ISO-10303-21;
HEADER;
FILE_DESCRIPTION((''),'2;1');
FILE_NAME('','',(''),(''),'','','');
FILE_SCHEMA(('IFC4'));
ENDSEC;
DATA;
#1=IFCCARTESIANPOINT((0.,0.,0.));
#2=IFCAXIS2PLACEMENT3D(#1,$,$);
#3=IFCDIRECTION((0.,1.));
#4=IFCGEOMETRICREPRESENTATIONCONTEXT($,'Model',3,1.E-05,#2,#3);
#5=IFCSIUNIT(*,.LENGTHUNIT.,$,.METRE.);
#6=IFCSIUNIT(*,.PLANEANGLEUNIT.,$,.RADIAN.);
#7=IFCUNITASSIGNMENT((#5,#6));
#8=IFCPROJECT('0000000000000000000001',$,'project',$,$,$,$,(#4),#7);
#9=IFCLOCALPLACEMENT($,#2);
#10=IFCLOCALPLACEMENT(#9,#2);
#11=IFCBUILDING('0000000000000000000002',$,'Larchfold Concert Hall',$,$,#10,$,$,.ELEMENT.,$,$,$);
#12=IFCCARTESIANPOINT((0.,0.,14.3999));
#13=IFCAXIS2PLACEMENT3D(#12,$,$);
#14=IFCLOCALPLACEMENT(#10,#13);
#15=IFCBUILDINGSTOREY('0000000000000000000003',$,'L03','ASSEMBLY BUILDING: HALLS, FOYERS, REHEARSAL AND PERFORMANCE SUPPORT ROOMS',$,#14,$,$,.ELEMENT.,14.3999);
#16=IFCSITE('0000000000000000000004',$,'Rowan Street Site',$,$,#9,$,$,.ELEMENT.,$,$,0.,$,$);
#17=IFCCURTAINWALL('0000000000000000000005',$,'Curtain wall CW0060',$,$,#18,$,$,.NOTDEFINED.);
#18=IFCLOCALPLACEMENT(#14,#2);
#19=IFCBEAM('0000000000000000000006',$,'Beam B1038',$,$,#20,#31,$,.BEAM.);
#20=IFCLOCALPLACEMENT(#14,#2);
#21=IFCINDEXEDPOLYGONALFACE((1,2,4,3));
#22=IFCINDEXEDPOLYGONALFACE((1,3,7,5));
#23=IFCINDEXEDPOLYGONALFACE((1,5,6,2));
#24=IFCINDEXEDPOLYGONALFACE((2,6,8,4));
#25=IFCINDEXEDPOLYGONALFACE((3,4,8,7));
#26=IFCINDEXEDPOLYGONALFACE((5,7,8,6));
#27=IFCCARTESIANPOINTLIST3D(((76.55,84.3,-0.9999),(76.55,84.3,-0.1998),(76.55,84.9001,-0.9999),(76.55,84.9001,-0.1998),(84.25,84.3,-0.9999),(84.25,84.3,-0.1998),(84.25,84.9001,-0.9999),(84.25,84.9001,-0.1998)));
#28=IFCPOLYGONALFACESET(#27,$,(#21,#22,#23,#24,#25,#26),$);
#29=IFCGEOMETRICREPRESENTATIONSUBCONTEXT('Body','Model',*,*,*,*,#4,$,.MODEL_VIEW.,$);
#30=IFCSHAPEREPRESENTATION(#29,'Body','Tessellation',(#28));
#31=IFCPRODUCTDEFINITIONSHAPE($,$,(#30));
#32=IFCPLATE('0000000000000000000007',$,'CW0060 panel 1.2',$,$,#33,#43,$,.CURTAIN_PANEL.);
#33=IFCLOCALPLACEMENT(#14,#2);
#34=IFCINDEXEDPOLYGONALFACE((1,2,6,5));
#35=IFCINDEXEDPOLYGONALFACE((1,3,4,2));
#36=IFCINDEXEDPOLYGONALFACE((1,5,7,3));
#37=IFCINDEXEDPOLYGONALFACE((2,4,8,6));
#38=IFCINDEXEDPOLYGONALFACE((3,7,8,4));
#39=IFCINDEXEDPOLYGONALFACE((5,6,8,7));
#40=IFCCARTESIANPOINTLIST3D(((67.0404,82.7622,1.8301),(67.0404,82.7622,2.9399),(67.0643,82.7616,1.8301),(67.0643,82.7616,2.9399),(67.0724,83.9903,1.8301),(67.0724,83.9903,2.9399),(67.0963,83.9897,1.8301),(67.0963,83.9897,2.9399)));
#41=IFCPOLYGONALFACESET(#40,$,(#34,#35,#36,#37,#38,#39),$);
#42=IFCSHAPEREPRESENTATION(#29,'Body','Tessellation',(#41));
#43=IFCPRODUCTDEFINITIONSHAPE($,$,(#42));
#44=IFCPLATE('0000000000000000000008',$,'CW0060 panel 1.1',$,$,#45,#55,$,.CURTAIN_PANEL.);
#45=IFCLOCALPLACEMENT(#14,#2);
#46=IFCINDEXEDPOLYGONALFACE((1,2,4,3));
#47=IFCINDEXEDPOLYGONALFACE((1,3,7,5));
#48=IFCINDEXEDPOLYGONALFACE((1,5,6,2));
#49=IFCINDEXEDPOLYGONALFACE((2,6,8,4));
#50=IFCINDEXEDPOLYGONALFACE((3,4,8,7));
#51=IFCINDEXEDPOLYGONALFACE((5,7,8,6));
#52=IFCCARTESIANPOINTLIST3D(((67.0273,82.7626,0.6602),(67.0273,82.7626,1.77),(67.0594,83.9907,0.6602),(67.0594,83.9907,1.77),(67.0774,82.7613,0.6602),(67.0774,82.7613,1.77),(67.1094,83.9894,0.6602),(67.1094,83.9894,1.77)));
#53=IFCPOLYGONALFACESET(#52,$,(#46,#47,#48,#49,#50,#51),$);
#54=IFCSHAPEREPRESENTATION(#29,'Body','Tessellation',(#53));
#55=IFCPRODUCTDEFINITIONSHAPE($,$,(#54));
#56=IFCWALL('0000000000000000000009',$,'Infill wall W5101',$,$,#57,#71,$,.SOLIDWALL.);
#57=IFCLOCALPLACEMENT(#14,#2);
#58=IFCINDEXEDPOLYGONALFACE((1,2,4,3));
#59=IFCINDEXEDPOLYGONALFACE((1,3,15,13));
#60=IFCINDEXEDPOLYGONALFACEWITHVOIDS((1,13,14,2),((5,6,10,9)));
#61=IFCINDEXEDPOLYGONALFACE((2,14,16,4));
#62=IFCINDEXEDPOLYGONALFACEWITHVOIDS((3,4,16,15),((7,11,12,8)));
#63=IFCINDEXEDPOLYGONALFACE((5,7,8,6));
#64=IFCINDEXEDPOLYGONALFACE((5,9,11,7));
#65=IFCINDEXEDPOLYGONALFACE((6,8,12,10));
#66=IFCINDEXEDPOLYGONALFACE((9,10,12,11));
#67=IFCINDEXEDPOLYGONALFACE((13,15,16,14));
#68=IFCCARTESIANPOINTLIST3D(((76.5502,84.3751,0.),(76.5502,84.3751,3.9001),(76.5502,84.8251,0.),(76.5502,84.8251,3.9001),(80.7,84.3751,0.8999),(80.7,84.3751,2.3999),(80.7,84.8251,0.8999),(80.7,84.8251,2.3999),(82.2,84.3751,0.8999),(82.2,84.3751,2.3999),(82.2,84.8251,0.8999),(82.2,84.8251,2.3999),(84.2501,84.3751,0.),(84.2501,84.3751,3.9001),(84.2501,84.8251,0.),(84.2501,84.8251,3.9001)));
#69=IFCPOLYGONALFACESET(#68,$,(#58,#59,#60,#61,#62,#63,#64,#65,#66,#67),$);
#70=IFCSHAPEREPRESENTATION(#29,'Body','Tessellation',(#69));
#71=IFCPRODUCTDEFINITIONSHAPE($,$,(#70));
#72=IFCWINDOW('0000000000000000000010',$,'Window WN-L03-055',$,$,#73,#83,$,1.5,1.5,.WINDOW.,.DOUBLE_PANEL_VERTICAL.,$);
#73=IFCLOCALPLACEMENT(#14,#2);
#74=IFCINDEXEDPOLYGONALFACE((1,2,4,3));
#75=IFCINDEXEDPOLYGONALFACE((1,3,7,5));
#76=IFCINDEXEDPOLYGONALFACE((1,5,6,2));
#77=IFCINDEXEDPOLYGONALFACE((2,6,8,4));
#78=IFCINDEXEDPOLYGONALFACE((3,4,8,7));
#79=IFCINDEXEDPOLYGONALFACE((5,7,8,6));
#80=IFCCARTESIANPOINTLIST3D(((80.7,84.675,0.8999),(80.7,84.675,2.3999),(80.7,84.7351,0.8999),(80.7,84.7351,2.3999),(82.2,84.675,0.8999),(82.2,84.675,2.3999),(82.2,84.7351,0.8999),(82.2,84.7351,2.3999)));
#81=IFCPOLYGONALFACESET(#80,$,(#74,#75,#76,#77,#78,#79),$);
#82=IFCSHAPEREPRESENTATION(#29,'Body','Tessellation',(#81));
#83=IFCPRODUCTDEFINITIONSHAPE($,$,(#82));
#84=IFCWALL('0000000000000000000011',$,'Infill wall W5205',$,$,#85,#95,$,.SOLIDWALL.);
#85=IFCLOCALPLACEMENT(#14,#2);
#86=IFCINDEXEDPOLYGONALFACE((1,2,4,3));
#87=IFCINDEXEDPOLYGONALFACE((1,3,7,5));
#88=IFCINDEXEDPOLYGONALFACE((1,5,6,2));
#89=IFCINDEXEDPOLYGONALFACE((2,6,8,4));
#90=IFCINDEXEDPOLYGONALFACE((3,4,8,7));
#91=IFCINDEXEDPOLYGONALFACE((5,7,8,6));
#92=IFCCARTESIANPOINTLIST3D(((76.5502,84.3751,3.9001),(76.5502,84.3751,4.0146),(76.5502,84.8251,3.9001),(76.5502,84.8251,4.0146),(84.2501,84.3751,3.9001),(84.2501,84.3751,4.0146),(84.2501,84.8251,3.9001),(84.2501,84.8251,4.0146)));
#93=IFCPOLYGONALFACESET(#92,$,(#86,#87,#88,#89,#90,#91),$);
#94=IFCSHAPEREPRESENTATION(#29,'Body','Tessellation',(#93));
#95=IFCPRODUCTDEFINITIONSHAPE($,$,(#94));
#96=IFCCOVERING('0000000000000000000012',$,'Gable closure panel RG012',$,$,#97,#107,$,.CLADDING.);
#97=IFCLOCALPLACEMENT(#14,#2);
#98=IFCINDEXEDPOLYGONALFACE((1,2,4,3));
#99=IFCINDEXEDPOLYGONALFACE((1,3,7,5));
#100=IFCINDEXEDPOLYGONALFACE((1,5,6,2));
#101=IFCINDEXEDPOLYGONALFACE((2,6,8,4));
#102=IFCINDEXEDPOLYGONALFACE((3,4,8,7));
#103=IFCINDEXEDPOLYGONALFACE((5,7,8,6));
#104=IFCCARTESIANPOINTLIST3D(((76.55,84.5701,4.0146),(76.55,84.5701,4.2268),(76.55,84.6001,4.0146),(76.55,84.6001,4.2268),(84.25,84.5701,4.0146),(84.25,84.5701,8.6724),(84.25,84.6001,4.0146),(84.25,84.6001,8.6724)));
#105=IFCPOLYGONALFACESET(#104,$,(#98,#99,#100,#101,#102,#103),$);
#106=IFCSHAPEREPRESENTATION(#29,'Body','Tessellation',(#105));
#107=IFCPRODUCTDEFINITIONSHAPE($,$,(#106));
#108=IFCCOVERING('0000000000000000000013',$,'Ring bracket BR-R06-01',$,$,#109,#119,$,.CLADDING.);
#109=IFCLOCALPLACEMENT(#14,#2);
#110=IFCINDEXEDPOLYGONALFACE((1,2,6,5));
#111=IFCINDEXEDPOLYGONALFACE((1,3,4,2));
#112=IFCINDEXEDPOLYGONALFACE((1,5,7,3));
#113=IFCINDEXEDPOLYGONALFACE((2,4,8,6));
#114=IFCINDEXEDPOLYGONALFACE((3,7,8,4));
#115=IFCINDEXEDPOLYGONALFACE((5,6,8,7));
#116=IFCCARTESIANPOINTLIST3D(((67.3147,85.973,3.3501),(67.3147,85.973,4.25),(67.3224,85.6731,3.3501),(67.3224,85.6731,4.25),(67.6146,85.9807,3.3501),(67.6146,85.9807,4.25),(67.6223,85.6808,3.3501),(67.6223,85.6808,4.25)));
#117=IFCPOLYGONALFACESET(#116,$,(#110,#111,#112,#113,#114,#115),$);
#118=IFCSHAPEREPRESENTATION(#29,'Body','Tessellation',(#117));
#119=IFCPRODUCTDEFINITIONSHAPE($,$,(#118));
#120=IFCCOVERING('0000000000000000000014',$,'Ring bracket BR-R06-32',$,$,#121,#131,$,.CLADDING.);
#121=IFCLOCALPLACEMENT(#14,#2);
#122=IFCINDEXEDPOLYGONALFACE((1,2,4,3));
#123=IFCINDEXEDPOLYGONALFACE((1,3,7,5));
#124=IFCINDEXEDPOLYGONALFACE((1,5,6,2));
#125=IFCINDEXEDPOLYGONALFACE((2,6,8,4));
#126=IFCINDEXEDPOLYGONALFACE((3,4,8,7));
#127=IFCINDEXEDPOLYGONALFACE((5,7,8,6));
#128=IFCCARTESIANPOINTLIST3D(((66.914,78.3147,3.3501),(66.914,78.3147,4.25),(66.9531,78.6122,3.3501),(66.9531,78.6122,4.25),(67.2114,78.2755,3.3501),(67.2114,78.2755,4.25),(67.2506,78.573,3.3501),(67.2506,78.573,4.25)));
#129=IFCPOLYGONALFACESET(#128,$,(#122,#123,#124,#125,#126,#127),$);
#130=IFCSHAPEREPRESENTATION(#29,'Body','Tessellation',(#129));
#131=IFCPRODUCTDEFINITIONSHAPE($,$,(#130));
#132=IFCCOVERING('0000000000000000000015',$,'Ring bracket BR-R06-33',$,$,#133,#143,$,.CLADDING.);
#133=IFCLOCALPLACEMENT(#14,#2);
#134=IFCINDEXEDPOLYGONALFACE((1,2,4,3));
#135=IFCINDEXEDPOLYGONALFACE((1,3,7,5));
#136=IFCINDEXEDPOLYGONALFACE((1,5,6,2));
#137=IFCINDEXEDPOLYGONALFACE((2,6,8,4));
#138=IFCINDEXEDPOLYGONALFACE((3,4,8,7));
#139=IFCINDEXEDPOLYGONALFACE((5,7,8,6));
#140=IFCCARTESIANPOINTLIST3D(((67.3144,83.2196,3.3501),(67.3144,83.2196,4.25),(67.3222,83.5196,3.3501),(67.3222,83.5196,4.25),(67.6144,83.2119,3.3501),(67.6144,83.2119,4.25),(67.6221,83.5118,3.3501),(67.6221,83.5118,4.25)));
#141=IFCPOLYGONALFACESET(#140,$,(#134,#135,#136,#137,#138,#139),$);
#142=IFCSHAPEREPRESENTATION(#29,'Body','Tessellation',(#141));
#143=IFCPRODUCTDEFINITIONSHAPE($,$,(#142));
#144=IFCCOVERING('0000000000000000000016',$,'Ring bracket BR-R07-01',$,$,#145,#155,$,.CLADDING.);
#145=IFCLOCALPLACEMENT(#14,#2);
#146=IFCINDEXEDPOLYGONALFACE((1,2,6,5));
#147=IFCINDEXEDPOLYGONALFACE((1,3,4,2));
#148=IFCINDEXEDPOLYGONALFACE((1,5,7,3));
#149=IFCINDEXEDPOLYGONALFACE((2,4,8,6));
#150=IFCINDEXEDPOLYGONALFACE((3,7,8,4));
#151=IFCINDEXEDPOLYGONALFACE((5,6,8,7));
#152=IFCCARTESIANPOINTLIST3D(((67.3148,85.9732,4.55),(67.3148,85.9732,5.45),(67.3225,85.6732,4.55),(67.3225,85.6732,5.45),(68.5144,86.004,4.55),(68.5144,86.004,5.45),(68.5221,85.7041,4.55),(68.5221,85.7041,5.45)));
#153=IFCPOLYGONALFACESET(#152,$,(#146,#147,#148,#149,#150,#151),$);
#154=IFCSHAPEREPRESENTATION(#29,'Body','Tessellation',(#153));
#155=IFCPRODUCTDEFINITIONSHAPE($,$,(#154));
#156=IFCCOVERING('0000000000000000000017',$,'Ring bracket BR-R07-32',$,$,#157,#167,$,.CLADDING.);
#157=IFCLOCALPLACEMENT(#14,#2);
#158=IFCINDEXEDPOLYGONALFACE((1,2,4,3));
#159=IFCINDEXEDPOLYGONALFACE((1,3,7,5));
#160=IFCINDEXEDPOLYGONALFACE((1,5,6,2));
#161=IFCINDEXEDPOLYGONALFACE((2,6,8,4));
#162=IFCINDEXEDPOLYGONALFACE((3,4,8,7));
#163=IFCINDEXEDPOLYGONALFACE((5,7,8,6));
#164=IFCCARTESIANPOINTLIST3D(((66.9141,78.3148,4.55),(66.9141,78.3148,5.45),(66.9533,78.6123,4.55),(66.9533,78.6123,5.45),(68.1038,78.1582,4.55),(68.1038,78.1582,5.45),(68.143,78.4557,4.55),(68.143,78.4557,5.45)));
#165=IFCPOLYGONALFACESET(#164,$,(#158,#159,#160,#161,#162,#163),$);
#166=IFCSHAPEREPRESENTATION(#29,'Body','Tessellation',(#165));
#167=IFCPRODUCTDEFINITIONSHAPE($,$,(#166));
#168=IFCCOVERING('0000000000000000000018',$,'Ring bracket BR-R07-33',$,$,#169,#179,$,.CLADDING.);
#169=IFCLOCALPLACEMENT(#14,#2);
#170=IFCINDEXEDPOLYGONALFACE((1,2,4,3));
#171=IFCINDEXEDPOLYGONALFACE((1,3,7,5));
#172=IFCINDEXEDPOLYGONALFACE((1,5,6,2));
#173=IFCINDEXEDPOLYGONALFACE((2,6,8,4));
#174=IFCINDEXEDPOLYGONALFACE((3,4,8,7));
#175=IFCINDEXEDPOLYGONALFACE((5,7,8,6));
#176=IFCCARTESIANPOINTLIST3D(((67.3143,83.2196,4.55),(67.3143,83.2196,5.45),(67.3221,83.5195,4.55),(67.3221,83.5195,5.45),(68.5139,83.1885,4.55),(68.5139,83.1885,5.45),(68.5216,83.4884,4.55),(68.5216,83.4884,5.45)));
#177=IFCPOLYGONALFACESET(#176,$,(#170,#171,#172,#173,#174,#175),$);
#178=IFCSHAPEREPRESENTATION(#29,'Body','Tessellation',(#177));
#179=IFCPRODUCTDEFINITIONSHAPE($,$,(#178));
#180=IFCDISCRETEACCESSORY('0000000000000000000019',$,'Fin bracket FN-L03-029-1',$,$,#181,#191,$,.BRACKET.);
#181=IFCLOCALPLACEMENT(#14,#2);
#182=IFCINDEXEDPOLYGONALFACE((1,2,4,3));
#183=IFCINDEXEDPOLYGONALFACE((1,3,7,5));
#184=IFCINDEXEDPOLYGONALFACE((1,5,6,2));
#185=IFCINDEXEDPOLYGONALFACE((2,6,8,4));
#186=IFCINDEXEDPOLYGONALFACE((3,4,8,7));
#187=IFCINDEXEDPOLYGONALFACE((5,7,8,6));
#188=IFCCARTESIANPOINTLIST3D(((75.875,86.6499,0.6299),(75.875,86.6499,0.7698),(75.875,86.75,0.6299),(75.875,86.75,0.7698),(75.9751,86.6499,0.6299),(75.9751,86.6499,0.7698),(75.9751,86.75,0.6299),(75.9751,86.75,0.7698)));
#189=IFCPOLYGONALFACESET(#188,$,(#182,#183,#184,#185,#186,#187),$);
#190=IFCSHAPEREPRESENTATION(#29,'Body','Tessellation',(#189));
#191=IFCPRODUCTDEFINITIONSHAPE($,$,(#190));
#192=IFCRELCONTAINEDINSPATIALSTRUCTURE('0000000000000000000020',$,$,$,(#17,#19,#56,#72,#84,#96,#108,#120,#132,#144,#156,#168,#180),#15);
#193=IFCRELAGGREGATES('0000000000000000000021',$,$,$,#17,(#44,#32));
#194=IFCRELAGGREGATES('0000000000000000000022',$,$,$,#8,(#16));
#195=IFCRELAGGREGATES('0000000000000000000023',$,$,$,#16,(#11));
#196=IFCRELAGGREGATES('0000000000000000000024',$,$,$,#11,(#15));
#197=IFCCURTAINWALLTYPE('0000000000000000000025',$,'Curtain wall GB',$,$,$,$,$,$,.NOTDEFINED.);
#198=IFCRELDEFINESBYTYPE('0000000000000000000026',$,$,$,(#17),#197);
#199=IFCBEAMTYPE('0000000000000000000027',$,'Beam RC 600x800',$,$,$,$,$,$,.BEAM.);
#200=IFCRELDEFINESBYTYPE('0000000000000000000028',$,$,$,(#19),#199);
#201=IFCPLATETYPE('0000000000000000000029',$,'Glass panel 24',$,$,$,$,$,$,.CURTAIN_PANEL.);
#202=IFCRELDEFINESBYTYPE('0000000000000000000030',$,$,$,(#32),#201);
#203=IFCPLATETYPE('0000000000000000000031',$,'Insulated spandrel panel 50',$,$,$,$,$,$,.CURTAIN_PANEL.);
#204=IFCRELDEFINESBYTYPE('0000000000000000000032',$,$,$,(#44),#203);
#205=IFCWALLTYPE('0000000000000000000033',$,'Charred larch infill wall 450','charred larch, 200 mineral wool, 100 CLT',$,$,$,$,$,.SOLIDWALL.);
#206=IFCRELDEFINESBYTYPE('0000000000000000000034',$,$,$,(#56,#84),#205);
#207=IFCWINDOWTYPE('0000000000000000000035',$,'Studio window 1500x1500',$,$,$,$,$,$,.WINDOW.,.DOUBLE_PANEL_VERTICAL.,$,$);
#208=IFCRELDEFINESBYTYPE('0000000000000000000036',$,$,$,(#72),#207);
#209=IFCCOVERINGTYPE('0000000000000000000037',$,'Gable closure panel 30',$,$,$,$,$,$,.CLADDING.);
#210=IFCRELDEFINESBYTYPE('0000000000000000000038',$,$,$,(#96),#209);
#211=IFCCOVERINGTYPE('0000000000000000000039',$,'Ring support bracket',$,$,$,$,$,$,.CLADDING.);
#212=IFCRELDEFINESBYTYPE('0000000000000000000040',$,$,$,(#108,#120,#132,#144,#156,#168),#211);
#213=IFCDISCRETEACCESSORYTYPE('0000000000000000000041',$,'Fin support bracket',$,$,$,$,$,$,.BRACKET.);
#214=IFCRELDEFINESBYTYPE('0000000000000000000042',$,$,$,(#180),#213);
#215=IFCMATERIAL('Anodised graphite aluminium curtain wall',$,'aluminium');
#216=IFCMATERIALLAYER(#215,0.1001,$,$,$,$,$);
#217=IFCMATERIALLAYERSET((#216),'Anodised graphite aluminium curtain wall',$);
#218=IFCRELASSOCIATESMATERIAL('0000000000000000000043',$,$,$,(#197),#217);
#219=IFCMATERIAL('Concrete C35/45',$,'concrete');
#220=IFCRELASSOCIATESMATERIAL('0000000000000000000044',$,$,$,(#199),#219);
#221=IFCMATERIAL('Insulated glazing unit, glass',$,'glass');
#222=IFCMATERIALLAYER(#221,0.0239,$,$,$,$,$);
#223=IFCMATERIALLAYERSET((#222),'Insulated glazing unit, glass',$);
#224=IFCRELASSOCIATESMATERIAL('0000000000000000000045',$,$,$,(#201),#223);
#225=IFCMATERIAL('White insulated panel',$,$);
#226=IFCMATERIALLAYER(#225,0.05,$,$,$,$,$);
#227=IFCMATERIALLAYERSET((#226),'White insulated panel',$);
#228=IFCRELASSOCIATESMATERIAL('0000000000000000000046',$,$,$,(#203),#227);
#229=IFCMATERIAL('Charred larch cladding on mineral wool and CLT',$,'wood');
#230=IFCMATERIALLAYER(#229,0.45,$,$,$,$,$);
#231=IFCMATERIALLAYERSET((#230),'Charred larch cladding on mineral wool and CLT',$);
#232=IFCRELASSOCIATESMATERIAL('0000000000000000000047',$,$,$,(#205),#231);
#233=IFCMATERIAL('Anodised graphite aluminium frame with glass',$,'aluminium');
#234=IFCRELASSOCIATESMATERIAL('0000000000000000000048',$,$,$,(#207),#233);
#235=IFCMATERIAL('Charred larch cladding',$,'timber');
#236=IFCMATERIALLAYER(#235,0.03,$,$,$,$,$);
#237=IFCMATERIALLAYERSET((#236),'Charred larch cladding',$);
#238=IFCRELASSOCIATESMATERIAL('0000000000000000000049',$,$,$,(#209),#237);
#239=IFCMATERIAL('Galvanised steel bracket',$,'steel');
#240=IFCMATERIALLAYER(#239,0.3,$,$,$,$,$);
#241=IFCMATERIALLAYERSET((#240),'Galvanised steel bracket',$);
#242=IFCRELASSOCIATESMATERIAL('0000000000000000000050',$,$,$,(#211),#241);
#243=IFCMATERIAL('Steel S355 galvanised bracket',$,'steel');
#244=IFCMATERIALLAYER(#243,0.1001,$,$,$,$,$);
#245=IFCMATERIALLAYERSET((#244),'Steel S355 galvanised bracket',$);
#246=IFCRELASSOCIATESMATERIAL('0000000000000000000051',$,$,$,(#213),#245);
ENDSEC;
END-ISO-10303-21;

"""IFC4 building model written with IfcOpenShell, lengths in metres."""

from ifc_helpers import new_model, si_unit, direction, frame, frame_2d, origin, origin_2d, place, context, subcontext, project, spatial, polyline, rectangle, outline, extrude, material, layer, layer_set, material_profile, profile_set, type_object, element, fill, aggregate, save


model = new_model("IFC4")

# Units and contexts
model_context = context("Model", 3, precision=1e-05, world=origin(), true_north=direction((0.0, 1.0)))
body_context = subcontext(model_context, "Body", "Model", "MODEL_VIEW")
ifc_project = project(units=[si_unit("LENGTHUNIT", "METRE"), si_unit("PLANEANGLEUNIT", "RADIAN")], contexts=[model_context])

# Site, building, storey
site_placement = place(None, origin())
site = spatial("IfcSite", under=ifc_project, at=site_placement, Name="Rowan Street Site", CompositionType="ELEMENT", RefElevation=0.0)
building_placement = place(site_placement, origin())
building = spatial("IfcBuilding", under=site, at=building_placement, Name="Larchfold Concert Hall", CompositionType="ELEMENT")
storey_placement = place(building_placement, frame((0.0, 0.0, 14.3999)))
storey = spatial("IfcBuildingStorey", under=building, at=storey_placement, Name="L03", Description="ASSEMBLY BUILDING: HALLS, FOYERS, REHEARSAL AND PERFORMANCE SUPPORT ROOMS", CompositionType="ELEMENT", Elevation=14.3999)

# Curtain wall
ifc_material_1 = material(Name="Anodised graphite aluminium curtain wall", Category="aluminium")
ifc_layer_1 = layer(ifc_material_1, 0.1001)
ifc_layer_set_1 = layer_set([ifc_layer_1], Name="Anodised graphite aluminium curtain wall")
curtain_wall_type = type_object("IfcCurtainWallType", Name="Curtain wall GB", PredefinedType="NOTDEFINED", material=ifc_layer_set_1)
curtain_wall_1_placement = place(storey_placement, origin())
curtain_wall_1 = element("IfcCurtainWall", 1, at=curtain_wall_1_placement, inside=storey, type_object=curtain_wall_type, Name="Curtain wall CW0060", PredefinedType="NOTDEFINED")

# Beam
ifc_material_2 = material(Name="Concrete C35/45", Category="concrete")
ifc_material_profile_1 = material_profile(ifc_material_2, rectangle(XDim=0.6001, YDim=0.8, at=origin_2d()))
ifc_profile_set_1 = profile_set([ifc_material_profile_1], Name="Concrete C35/45")
beam_type_1 = type_object("IfcBeamType", Name="Beam RC 600x800", PredefinedType="BEAM", material=ifc_profile_set_1)
for number, where, z_axis, x_axis, name in (
    (2, (76.55, 84.6001, -0.5999), (1.0, 0.0, 0.0), (0.0, 1.0, 0.0), "Beam B1038"),
):
    element("IfcBeam", number, at=place(storey_placement, frame(where, z_axis=z_axis, x_axis=x_axis)), inside=storey, type_object=beam_type_1, Name=name, PredefinedType="BEAM", context=body_context, shape_type="SweptSolid", body=[
        extrude(rectangle(XDim=0.6001, YDim=0.8, at=origin_2d()), origin(), (0.0, 0.0, 1.0), 7.7),
    ])

# Plates
ifc_material_3 = material(Name="Insulated glazing unit, glass", Category="glass")
ifc_layer_2 = layer(ifc_material_3, 0.0239)
ifc_layer_set_2 = layer_set([ifc_layer_2], Name="Insulated glazing unit, glass")
plate_type_1 = type_object("IfcPlateType", Name="Glass panel 24", PredefinedType="CURTAIN_PANEL", material=ifc_layer_set_2)
plate_1_placement = place(storey_placement, frame((67.0684, 83.376, 1.8301), z_axis=(0.0, 0.0, 1.0), x_axis=(0.026069, 0.99966, 0.0)))
plate_1 = element("IfcPlate", 3, at=plate_1_placement, type_object=plate_type_1, Name="CW0060 panel 1.2", PredefinedType="CURTAIN_PANEL", context=body_context, shape_type="SweptSolid", body=[
    extrude(rectangle(XDim=1.2285, YDim=0.0239, at=origin_2d()), origin(), (0.0, 0.0, 1.0), 1.1099),
])
ifc_material_4 = material(Name="White insulated panel")
ifc_layer_3 = layer(ifc_material_4, 0.05)
ifc_layer_set_3 = layer_set([ifc_layer_3], Name="White insulated panel")
plate_type_2 = type_object("IfcPlateType", Name="Insulated spandrel panel 50", PredefinedType="CURTAIN_PANEL", material=ifc_layer_set_3)
plate_2_placement = place(storey_placement, frame((67.0684, 83.376, 0.6602), z_axis=(0.0, 0.0, 1.0), x_axis=(0.026069, 0.99966, 0.0)))
plate_2 = element("IfcPlate", 4, at=plate_2_placement, type_object=plate_type_2, Name="CW0060 panel 1.1", PredefinedType="CURTAIN_PANEL", context=body_context, shape_type="SweptSolid", body=[
    extrude(rectangle(XDim=1.2285, YDim=0.05, at=origin_2d()), origin(), (0.0, 0.0, 1.0), 1.1099),
])
aggregate(curtain_wall_1, [plate_2, plate_1])

# Wall, opening, window
ifc_material_5 = material(Name="Charred larch cladding on mineral wool and CLT", Category="wood")
ifc_layer_4 = layer(ifc_material_5, 0.45)
ifc_layer_set_4 = layer_set([ifc_layer_4], Name="Charred larch cladding on mineral wool and CLT")
wall_type_1 = type_object("IfcWallType", Name="Charred larch infill wall 450", Description="charred larch, 200 mineral wool, 100 CLT", PredefinedType="SOLIDWALL", material=ifc_layer_set_4)
wall_1_placement = place(storey_placement, frame((76.55, 84.6001, 0.0), z_axis=(0.0, 0.0, 1.0), x_axis=(1.0, 0.0, 0.0)))
wall_1 = element("IfcWall", 5, at=wall_1_placement, inside=storey, type_object=wall_type_1, Name="Infill wall W5101", PredefinedType="SOLIDWALL", context=body_context, shape_type="SweptSolid", body=[
    extrude(rectangle(XDim=7.7, YDim=0.45, at=frame_2d((3.8501, 0.0))), origin(), (0.0, 0.0, 1.0), 3.9001),
])
opening_1_placement = place(wall_1_placement, frame((4.1499, 0.0, 0.8999)))
opening_1 = element("IfcOpeningElement", 6, at=opening_1_placement, cuts=wall_1, PredefinedType="OPENING", context=body_context, shape_type="SweptSolid", body=[
    extrude(rectangle(XDim=1.5, YDim=1.5, at=frame_2d((0.75, 0.75))), frame((0.0, 0.2349, 0.0), z_axis=(0.0, -1.0, 0.0), x_axis=(1.0, 0.0, 0.0)), (0.0, 0.0, 1.0), 0.47),
])
ifc_material_6 = material(Name="Anodised graphite aluminium frame with glass", Category="aluminium")
window_type = type_object("IfcWindowType", Name="Studio window 1500x1500", PartitioningType="DOUBLE_PANEL_VERTICAL", PredefinedType="WINDOW", material=ifc_material_6)
window_placement = place(opening_1_placement, origin())
window = element("IfcWindow", 7, at=window_placement, inside=storey, type_object=window_type, Name="Window WN-L03-055", OverallHeight=1.5, OverallWidth=1.5, PartitioningType="DOUBLE_PANEL_VERTICAL", PredefinedType="WINDOW", context=body_context, shape_type="SweptSolid", body=[
    extrude(rectangle(XDim=1.5, YDim=1.5, at=frame_2d((0.75, 0.75))), frame((0.0, 0.135, 0.0), z_axis=(0.0, -1.0, 0.0), x_axis=(1.0, 0.0, 0.0)), (0.0, 0.0, 1.0), 0.0601),
])
fill(opening_1, window)

# Wall
wall_2_placement = place(storey_placement, frame((76.55, 84.6001, 3.9001), z_axis=(0.0, 0.0, 1.0), x_axis=(1.0, 0.0, 0.0)))
element("IfcWall", 8, at=wall_2_placement, inside=storey, type_object=wall_type_1, Name="Infill wall W5205", PredefinedType="SOLIDWALL", context=body_context, shape_type="SweptSolid", body=[
    extrude(rectangle(XDim=7.7, YDim=0.45, at=frame_2d((3.8501, 0.0))), origin(), (0.0, 0.0, 1.0), 0.1145),
])

# Coverings
ifc_material_7 = material(Name="Charred larch cladding", Category="timber")
ifc_layer_5 = layer(ifc_material_7, 0.03)
ifc_layer_set_5 = layer_set([ifc_layer_5], Name="Charred larch cladding")
covering_type_1 = type_object("IfcCoveringType", Name="Gable closure panel 30", PredefinedType="CLADDING", material=ifc_layer_set_5)
covering_placement = place(storey_placement, frame((76.55, 84.5701, 4.0146), z_axis=(0.0, -1.0, 0.0), x_axis=(1.0, 0.0, 0.0)))
element("IfcCovering", 9, at=covering_placement, inside=storey, type_object=covering_type_1, Name="Gable closure panel RG012", PredefinedType="CLADDING", context=body_context, shape_type="SweptSolid", body=[
    extrude(outline(polyline([(0.0, 0.0), (7.7, 0.0), (7.7, 4.6577), (0.0, 0.2122), (0.0, 0.0)])), origin(), (0.0, 0.0, -1.0), 0.03),
])
ifc_material_8 = material(Name="Galvanised steel bracket", Category="steel")
ifc_layer_6 = layer(ifc_material_8, 0.3)
ifc_layer_set_6 = layer_set([ifc_layer_6], Name="Galvanised steel bracket")
covering_type_2 = type_object("IfcCoveringType", Name="Ring support bracket", PredefinedType="CLADDING", material=ifc_layer_set_6)
for number, where, z_axis, x_axis, name in (
    (10, (67.4685, 85.8269, 3.3501), (0.0, 0.0, 1.0), (0.999669, 0.025743, 0.0), "Ring bracket BR-R06-01"),
    (11, (67.0823, 78.4438, 3.3501), (0.0, 0.0, 1.0), (0.99145, -0.130488, 0.0), "Ring bracket BR-R06-32"),
    (12, (67.4683, 83.3657, 3.3501), (0.0, 0.0, 1.0), (0.999665, -0.025882, 0.0), "Ring bracket BR-R06-33"),
):
    element("IfcCovering", number, at=place(storey_placement, frame(where, z_axis=z_axis, x_axis=x_axis)), inside=storey, type_object=covering_type_2, Name=name, PredefinedType="CLADDING", context=body_context, shape_type="SweptSolid", body=[
        extrude(rectangle(XDim=0.3, YDim=0.3, at=origin_2d()), origin(), (0.0, 0.0, 1.0), 0.8999),
    ])
for number, where, z_axis, x_axis, name in (
    (13, (67.9185, 85.8386, 4.55), (0.0, 0.0, 1.0), (0.999669, 0.025743, 0.0), "Ring bracket BR-R07-01"),
    (14, (67.5286, 78.3853, 4.55), (0.0, 0.0, 1.0), (0.99145, -0.130488, 0.0), "Ring bracket BR-R07-32"),
    (15, (67.918, 83.354, 4.55), (0.0, 0.0, 1.0), (0.999665, -0.025882, 0.0), "Ring bracket BR-R07-33"),
):
    element("IfcCovering", number, at=place(storey_placement, frame(where, z_axis=z_axis, x_axis=x_axis)), inside=storey, type_object=covering_type_2, Name=name, PredefinedType="CLADDING", context=body_context, shape_type="SweptSolid", body=[
        extrude(rectangle(XDim=1.2, YDim=0.3, at=origin_2d()), origin(), (0.0, 0.0, 1.0), 0.8999),
    ])

# Discrete accessory
ifc_material_9 = material(Name="Steel S355 galvanised bracket", Category="steel")
ifc_layer_7 = layer(ifc_material_9, 0.1001)
ifc_layer_set_7 = layer_set([ifc_layer_7], Name="Steel S355 galvanised bracket")
discrete_accessory_type = type_object("IfcDiscreteAccessoryType", Name="Fin support bracket", PredefinedType="BRACKET", material=ifc_layer_set_7)
for number, where, z_axis, x_axis, name in (
    (16, (75.925, 86.7, 0.6299), (0.0, 0.0, 1.0), (-1.0, 0.0, 0.0), "Fin bracket FN-L03-029-1"),
):
    element("IfcDiscreteAccessory", number, at=place(storey_placement, frame(where, z_axis=z_axis, x_axis=x_axis)), inside=storey, type_object=discrete_accessory_type, Name=name, PredefinedType="BRACKET", context=body_context, shape_type="SweptSolid", body=[
        extrude(rectangle(XDim=0.1001, YDim=0.1001, at=origin_2d()), origin(), (0.0, 0.0, 1.0), 0.1399),
    ])

save(model, "model.ifc")
